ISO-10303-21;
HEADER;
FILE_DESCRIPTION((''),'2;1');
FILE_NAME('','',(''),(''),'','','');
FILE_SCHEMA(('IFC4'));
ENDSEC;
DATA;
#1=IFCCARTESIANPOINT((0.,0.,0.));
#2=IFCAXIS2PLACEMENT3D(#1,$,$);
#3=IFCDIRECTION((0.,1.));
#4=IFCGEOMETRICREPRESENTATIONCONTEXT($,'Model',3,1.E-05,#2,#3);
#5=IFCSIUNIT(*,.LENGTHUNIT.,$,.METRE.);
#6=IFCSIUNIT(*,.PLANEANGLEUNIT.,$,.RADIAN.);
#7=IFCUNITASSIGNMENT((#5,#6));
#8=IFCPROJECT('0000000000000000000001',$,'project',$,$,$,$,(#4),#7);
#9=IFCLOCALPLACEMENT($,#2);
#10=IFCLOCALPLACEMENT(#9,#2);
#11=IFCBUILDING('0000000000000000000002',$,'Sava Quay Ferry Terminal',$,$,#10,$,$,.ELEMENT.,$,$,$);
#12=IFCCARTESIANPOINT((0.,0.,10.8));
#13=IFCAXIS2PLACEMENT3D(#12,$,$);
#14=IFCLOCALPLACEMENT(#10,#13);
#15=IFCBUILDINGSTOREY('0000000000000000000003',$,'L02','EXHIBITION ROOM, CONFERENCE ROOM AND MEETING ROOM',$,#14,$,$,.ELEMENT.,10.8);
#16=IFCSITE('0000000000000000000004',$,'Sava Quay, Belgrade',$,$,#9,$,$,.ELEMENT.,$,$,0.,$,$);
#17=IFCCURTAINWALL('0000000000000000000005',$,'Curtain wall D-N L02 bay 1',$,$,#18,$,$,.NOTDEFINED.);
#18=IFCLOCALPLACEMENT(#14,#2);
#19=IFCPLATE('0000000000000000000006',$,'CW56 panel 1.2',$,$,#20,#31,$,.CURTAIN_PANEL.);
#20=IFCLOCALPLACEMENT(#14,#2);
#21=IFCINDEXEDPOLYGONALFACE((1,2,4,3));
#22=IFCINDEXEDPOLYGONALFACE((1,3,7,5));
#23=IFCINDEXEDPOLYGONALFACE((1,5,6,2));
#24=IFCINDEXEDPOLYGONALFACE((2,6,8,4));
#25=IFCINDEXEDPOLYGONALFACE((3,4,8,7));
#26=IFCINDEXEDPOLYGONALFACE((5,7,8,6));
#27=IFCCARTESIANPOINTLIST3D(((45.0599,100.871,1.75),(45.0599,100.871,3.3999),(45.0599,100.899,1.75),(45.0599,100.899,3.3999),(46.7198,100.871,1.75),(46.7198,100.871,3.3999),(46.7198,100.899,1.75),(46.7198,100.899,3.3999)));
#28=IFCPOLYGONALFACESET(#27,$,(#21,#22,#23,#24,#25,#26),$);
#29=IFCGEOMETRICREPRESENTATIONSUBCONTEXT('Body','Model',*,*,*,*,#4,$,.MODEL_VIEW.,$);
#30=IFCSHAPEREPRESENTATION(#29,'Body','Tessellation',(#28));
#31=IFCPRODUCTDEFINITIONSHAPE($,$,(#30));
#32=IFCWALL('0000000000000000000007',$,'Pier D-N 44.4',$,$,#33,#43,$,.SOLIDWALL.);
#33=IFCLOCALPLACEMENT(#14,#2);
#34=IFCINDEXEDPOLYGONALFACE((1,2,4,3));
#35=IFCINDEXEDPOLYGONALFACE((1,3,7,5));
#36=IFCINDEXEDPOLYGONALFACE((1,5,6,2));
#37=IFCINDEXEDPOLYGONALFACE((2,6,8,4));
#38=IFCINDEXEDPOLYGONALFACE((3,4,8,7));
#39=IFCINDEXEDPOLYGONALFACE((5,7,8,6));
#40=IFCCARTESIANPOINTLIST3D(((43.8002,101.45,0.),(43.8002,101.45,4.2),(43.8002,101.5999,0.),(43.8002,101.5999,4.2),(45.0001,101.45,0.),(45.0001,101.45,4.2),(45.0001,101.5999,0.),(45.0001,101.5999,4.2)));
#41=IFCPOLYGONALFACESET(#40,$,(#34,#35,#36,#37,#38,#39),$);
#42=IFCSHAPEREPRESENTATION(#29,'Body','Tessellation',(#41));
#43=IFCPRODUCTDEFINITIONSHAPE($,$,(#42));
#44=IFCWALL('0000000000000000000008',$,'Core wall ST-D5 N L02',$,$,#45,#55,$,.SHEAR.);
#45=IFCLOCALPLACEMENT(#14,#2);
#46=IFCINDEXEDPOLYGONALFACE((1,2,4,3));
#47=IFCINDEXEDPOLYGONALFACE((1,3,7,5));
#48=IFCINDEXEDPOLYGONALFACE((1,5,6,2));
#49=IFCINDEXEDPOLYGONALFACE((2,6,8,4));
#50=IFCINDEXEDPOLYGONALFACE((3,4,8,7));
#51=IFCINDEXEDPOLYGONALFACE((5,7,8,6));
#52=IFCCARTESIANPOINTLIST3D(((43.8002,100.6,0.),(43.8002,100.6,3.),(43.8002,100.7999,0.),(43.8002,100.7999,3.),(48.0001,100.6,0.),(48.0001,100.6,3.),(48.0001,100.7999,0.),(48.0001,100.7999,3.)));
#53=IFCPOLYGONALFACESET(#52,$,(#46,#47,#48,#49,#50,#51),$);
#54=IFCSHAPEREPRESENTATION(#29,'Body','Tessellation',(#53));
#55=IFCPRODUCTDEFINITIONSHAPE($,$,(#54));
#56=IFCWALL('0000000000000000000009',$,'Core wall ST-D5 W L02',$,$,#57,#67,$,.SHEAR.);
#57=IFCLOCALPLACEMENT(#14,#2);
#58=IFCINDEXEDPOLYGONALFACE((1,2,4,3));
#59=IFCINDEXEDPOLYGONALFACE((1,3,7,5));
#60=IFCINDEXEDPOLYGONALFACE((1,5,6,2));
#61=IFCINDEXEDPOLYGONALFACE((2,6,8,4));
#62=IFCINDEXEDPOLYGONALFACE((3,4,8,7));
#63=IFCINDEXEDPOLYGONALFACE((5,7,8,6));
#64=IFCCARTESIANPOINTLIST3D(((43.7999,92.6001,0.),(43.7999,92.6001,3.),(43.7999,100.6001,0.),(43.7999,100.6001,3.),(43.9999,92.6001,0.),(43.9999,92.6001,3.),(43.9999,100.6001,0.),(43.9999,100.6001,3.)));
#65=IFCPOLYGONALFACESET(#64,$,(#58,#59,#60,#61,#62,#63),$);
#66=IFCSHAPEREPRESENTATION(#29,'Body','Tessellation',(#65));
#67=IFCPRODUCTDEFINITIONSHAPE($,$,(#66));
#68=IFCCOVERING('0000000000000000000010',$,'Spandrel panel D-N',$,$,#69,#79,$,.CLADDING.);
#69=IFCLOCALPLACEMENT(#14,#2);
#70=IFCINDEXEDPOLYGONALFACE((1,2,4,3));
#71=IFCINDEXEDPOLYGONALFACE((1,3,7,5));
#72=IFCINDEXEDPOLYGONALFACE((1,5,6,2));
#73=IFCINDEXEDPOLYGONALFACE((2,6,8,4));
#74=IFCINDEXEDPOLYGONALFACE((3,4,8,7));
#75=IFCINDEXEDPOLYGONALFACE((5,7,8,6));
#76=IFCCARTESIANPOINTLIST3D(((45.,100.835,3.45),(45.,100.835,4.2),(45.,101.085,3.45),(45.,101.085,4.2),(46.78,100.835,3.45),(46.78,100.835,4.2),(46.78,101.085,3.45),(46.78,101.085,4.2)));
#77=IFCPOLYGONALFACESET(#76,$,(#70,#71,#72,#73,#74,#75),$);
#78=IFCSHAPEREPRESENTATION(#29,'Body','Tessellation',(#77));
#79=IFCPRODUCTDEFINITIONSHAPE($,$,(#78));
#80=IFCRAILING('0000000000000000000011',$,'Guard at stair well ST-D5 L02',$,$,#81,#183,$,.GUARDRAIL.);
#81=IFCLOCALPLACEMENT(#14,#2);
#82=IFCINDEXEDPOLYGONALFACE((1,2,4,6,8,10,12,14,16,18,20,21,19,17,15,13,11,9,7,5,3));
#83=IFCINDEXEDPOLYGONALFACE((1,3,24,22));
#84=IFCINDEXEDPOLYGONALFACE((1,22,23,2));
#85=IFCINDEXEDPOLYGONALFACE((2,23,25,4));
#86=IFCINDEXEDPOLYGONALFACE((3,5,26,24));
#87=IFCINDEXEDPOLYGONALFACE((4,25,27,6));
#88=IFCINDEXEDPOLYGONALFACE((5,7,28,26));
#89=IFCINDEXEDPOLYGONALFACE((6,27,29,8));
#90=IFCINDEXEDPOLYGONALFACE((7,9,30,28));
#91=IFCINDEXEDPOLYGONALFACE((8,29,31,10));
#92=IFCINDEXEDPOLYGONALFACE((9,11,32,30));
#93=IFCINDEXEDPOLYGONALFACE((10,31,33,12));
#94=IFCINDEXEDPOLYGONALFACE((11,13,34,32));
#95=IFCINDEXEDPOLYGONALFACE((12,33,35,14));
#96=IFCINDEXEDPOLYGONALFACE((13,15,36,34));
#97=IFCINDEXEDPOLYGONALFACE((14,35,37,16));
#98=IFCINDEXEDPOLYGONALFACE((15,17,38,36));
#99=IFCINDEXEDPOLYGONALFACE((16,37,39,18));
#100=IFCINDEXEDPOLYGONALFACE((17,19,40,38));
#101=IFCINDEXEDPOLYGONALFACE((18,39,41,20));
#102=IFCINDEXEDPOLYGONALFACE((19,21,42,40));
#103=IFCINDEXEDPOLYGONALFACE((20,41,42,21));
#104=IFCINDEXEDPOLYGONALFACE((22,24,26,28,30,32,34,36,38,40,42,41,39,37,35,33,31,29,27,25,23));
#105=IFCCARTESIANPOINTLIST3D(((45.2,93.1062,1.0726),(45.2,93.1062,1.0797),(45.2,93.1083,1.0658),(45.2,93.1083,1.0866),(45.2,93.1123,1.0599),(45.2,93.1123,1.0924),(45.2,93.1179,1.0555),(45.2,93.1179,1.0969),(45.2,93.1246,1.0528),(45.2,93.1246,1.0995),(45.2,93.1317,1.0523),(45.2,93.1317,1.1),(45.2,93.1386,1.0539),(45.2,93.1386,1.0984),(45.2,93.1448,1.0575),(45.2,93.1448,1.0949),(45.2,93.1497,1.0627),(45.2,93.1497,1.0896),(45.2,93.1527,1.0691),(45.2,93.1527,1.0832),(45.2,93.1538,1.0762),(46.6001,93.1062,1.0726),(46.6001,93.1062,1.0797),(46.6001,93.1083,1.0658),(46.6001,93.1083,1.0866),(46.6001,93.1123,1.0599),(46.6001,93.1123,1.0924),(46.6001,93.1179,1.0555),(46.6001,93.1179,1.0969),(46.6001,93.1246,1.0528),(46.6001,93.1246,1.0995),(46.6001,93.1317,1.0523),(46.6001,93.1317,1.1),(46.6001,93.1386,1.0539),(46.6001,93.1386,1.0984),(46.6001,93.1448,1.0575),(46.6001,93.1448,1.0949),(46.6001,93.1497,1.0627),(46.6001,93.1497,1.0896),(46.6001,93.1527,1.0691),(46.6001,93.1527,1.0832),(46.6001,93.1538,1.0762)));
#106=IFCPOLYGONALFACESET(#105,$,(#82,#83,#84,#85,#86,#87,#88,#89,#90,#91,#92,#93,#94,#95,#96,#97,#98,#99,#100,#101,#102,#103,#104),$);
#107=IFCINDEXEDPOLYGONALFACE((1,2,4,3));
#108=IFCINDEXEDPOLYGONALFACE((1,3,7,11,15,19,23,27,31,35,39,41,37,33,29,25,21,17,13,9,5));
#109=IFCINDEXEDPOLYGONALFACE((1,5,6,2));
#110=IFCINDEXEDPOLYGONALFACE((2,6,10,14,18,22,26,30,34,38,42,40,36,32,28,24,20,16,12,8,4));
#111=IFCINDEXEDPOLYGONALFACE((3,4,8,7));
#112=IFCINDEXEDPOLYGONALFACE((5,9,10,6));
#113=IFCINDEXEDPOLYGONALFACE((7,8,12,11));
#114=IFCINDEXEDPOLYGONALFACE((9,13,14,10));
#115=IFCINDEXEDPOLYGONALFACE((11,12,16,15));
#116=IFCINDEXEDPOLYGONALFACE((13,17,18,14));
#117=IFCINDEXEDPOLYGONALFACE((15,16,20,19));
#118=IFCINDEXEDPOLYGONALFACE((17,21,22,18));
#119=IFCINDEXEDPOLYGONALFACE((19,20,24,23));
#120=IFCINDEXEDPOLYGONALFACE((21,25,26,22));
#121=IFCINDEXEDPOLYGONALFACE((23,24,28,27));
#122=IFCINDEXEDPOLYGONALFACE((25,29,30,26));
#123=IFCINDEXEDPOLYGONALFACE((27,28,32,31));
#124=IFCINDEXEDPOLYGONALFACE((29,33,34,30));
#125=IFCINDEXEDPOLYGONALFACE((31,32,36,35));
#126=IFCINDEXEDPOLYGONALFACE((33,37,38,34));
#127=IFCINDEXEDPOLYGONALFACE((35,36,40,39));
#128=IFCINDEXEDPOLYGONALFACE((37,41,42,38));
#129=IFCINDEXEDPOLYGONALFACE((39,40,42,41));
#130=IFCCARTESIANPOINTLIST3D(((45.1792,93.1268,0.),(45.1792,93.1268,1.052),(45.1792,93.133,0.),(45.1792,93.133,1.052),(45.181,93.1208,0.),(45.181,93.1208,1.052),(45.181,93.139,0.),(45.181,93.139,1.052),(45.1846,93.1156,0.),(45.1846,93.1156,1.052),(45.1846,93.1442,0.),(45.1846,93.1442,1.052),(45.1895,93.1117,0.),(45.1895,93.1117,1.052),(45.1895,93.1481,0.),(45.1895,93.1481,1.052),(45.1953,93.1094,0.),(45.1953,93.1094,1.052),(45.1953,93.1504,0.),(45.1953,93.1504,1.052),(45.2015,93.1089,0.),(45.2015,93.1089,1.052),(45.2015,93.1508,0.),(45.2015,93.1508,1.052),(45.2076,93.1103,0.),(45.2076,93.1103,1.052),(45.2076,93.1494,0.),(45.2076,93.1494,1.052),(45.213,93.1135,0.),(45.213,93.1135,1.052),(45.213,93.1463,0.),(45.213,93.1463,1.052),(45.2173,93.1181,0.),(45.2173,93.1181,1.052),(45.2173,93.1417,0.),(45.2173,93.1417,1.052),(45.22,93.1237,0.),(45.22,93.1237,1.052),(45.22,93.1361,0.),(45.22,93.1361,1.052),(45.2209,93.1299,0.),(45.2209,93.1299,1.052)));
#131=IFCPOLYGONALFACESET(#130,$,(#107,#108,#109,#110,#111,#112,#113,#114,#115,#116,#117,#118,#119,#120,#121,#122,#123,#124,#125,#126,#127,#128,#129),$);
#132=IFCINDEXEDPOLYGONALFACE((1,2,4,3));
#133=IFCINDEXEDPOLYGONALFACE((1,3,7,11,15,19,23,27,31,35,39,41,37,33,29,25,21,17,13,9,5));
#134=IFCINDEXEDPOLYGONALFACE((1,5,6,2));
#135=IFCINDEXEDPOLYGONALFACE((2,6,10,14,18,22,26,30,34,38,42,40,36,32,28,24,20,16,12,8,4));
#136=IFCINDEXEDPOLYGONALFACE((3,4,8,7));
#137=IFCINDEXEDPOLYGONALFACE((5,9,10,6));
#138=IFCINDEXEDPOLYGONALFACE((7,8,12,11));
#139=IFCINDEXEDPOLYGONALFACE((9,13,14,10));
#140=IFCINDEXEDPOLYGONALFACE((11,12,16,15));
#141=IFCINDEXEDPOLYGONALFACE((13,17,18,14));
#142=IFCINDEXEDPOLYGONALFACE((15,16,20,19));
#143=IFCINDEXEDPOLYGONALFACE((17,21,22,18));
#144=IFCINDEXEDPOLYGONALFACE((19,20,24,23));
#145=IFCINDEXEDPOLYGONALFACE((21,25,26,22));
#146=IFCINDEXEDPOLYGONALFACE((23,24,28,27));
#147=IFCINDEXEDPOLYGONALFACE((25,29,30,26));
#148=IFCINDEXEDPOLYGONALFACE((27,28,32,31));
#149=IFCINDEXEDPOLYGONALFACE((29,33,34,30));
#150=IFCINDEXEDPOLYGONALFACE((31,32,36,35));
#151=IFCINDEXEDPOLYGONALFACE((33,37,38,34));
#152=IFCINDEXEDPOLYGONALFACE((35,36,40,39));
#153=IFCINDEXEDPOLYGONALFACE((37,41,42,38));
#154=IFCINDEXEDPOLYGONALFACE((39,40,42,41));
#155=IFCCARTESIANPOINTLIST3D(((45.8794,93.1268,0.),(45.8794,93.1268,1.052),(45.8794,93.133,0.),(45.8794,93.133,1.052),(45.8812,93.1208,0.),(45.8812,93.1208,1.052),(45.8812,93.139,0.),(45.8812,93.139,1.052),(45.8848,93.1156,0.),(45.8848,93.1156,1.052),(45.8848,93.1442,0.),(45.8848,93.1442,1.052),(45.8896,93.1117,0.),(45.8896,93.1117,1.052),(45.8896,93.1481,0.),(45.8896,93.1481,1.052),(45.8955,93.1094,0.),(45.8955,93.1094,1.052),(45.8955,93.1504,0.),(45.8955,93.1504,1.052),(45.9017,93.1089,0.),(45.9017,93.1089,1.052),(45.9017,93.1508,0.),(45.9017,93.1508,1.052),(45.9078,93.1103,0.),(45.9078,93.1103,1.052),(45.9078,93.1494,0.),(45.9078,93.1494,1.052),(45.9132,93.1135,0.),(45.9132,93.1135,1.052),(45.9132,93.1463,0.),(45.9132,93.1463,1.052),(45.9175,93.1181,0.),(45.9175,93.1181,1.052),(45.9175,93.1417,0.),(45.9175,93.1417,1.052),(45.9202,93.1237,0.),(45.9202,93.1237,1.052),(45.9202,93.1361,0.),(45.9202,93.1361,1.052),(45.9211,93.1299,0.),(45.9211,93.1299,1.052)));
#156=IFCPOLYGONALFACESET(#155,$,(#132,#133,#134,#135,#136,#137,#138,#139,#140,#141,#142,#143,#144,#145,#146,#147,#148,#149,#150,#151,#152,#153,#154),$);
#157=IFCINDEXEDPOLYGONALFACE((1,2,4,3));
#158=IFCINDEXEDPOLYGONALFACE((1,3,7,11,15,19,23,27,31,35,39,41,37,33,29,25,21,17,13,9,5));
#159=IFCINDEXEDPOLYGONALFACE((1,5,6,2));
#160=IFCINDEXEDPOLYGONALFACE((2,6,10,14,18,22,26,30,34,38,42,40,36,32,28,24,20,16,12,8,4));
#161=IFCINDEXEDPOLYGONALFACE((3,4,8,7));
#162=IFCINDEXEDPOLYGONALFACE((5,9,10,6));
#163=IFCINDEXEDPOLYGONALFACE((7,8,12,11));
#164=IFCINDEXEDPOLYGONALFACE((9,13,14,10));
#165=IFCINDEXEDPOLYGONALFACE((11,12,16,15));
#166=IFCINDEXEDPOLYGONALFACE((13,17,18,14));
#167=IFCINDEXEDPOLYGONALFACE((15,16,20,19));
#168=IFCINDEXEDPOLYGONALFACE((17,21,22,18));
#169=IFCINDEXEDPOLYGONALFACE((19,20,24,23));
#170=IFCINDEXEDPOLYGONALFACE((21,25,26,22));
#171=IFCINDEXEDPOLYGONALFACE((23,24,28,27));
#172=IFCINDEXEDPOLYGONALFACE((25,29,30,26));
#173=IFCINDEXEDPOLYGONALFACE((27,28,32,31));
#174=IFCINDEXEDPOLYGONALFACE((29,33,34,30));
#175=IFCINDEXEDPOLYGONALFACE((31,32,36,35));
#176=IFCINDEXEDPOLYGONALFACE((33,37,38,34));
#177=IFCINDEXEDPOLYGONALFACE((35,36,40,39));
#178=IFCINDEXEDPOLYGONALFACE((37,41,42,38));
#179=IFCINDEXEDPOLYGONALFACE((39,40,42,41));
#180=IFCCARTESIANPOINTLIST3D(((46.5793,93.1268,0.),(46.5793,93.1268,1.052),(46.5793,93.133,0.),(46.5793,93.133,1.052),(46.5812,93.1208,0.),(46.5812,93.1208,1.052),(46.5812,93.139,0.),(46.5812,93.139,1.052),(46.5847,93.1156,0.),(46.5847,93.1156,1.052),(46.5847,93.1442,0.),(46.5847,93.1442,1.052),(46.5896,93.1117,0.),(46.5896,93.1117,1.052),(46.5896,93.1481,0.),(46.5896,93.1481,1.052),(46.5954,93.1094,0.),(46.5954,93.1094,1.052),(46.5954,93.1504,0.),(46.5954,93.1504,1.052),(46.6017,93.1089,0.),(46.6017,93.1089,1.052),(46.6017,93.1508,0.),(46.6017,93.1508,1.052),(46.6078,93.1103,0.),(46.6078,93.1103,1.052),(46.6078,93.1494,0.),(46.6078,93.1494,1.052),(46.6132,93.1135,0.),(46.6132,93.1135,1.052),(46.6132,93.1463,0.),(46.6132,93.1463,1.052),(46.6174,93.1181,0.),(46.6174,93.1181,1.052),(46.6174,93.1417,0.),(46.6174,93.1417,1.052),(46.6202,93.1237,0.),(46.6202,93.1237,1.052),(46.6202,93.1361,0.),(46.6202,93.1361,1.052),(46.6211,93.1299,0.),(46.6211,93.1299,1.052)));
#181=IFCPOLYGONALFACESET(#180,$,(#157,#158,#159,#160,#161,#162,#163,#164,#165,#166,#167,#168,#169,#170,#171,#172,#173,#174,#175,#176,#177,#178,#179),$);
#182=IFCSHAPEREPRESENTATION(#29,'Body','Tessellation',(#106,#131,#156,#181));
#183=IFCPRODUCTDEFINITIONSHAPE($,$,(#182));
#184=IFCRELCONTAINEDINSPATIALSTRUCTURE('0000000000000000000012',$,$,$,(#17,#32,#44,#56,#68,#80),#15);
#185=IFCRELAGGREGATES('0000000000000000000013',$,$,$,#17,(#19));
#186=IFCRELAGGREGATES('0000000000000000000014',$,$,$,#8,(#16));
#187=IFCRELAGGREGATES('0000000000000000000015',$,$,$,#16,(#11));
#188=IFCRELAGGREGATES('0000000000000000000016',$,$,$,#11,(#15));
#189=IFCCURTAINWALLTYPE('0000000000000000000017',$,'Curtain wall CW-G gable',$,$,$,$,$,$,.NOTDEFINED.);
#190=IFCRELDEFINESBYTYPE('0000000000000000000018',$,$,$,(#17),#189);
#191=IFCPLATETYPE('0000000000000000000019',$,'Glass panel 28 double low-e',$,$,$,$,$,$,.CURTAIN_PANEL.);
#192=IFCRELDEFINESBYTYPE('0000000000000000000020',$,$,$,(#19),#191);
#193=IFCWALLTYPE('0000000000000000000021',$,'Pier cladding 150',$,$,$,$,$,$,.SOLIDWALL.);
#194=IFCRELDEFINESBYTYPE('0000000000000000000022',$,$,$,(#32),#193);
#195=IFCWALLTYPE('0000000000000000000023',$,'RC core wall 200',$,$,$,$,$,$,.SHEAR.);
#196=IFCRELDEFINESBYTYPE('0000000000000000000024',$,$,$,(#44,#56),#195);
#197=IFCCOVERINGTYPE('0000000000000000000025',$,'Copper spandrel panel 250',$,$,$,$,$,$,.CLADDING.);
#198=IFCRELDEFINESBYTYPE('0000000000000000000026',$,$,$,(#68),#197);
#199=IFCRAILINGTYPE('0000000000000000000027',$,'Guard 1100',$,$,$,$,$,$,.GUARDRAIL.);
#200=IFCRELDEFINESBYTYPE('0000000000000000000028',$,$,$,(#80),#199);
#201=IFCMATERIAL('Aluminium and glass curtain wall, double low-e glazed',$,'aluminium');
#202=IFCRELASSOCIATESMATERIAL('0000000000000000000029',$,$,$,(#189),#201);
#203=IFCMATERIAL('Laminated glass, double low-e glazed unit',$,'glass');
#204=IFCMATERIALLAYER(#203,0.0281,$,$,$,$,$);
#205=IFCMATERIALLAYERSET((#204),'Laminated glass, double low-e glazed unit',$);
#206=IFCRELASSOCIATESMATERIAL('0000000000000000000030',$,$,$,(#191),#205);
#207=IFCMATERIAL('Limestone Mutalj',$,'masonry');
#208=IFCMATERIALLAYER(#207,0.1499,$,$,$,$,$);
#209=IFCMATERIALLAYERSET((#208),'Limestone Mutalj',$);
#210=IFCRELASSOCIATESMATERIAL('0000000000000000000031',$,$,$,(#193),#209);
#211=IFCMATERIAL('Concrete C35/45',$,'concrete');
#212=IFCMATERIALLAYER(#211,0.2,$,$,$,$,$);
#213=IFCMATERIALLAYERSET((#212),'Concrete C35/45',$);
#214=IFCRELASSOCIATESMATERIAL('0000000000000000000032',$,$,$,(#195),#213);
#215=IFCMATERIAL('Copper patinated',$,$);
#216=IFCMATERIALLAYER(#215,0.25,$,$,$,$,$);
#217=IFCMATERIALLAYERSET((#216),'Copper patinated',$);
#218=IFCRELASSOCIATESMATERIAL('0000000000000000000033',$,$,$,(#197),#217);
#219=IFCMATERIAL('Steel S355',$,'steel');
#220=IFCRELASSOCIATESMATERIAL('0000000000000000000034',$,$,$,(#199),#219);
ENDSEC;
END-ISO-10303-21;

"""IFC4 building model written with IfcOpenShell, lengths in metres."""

from ifc_helpers import new_model, si_unit, direction, frame, frame_2d, origin, origin_2d, place, context, subcontext, project, spatial, polyline, rectangle, circle, outline, extrude, material, layer, layer_set, type_object, element, aggregate, save


model = new_model("IFC4")

# Units and contexts
model_context = context("Model", 3, precision=1e-05, world=origin(), true_north=direction((0.0, 1.0)))
body_context = subcontext(model_context, "Body", "Model", "MODEL_VIEW")
ifc_project = project(units=[si_unit("LENGTHUNIT", "METRE"), si_unit("PLANEANGLEUNIT", "RADIAN")], contexts=[model_context])

# Site, building, storey
site_placement = place(None, origin())
site = spatial("IfcSite", under=ifc_project, at=site_placement, Name="Sava Quay, Belgrade", CompositionType="ELEMENT", RefElevation=0.0)
building_placement = place(site_placement, origin())
building = spatial("IfcBuilding", under=site, at=building_placement, Name="Sava Quay Ferry Terminal", CompositionType="ELEMENT")
storey_placement = place(building_placement, frame((0.0, 0.0, 10.8)))
storey = spatial("IfcBuildingStorey", under=building, at=storey_placement, Name="L02", Description="EXHIBITION ROOM, CONFERENCE ROOM AND MEETING ROOM", CompositionType="ELEMENT", Elevation=10.8)

# Curtain wall
ifc_material_1 = material(Name="Aluminium and glass curtain wall, double low-e glazed", Category="aluminium")
curtain_wall_type_1 = type_object("IfcCurtainWallType", Name="Curtain wall CW-G gable", PredefinedType="NOTDEFINED", material=ifc_material_1)
curtain_wall_1_placement = place(storey_placement, origin())
curtain_wall_1 = element("IfcCurtainWall", 1, at=curtain_wall_1_placement, inside=storey, type_object=curtain_wall_type_1, Name="Curtain wall D-N L02 bay 1", PredefinedType="NOTDEFINED")

# Plate
ifc_material_2 = material(Name="Laminated glass, double low-e glazed unit", Category="glass")
ifc_layer_1 = layer(ifc_material_2, 0.0281)
ifc_layer_set_1 = layer_set([ifc_layer_1], Name="Laminated glass, double low-e glazed unit")
plate_type = type_object("IfcPlateType", Name="Glass panel 28 double low-e", PredefinedType="CURTAIN_PANEL", material=ifc_layer_set_1)
plate_1_placement = place(storey_placement, frame((45.8899, 100.885, 1.75), z_axis=(0.0, 0.0, 1.0), x_axis=(1.0, 0.0, 0.0)))
plate_1 = element("IfcPlate", 2, at=plate_1_placement, type_object=plate_type, Name="CW56 panel 1.2", PredefinedType="CURTAIN_PANEL", context=body_context, shape_type="SweptSolid", body=[
    extrude(rectangle(XDim=1.6599, YDim=0.0281, at=origin_2d()), origin(), (0.0, 0.0, 1.0), 1.6499),
])
aggregate(curtain_wall_1, [plate_1])

# Wall
ifc_material_3 = material(Name="Limestone Mutalj", Category="masonry")
ifc_layer_2 = layer(ifc_material_3, 0.1499)
ifc_layer_set_2 = layer_set([ifc_layer_2], Name="Limestone Mutalj")
wall_type_1 = type_object("IfcWallType", Name="Pier cladding 150", PredefinedType="SOLIDWALL", material=ifc_layer_set_2)
wall_1_placement = place(storey_placement, frame((43.8, 101.5249, 0.0), z_axis=(0.0, 0.0, 1.0), x_axis=(1.0, 0.0, 0.0)))
element("IfcWall", 3, at=wall_1_placement, inside=storey, type_object=wall_type_1, Name="Pier D-N 44.4", PredefinedType="SOLIDWALL", context=body_context, shape_type="SweptSolid", body=[
    extrude(rectangle(XDim=1.2, YDim=0.1499, at=frame_2d((0.6001, 0.0))), origin(), (0.0, 0.0, 1.0), 4.2),
])

# Shared definitions
ifc_material_4 = material(Name="Concrete C35/45", Category="concrete")
ifc_layer_3 = layer(ifc_material_4, 0.2)
ifc_layer_set_3 = layer_set([ifc_layer_3], Name="Concrete C35/45")
wall_type_2 = type_object("IfcWallType", Name="RC core wall 200", PredefinedType="SHEAR", material=ifc_layer_set_3)

# Walls
wall_2_placement = place(storey_placement, frame((43.8, 100.7, 0.0), z_axis=(0.0, 0.0, 1.0), x_axis=(1.0, 0.0, 0.0)))
element("IfcWall", 4, at=wall_2_placement, inside=storey, type_object=wall_type_2, Name="Core wall ST-D5 N L02", PredefinedType="SHEAR", context=body_context, shape_type="SweptSolid", body=[
    extrude(rectangle(XDim=4.2, YDim=0.2, at=frame_2d((2.1001, 0.0))), origin(), (0.0, 0.0, 1.0), 3.0),
])
wall_3_placement = place(storey_placement, frame((43.8999, 92.6001, 0.0), z_axis=(0.0, 0.0, 1.0), x_axis=(0.0, 1.0, 0.0)))
element("IfcWall", 5, at=wall_3_placement, inside=storey, type_object=wall_type_2, Name="Core wall ST-D5 W L02", PredefinedType="SHEAR", context=body_context, shape_type="SweptSolid", body=[
    extrude(rectangle(XDim=8.0, YDim=0.2, at=frame_2d((4.0, 0.0))), origin(), (0.0, 0.0, 1.0), 3.0),
])

# Covering
ifc_material_5 = material(Name="Copper patinated")
ifc_layer_4 = layer(ifc_material_5, 0.25)
ifc_layer_set_4 = layer_set([ifc_layer_4], Name="Copper patinated")
covering_type_1 = type_object("IfcCoveringType", Name="Copper spandrel panel 250", PredefinedType="CLADDING", material=ifc_layer_set_4)
covering_1_placement = place(storey_placement, frame((45.0, 100.96, 3.45), z_axis=(0.0, 0.0, 1.0), x_axis=(1.0, 0.0, 0.0)))
element("IfcCovering", 6, at=covering_1_placement, inside=storey, type_object=covering_type_1, Name="Spandrel panel D-N", PredefinedType="CLADDING", context=body_context, shape_type="SweptSolid", body=[
    extrude(outline(polyline([(0.0, 0.0), (1.78, 0.0), (1.78, 0.75), (0.0, 0.75), (0.0, 0.0)])), frame((0.0, 0.125, 0.0), z_axis=(0.0, -1.0, 0.0), x_axis=(1.0, 0.0, 0.0)), (0.0, 0.0, 1.0), 0.25),
])

# Railing
ifc_material_6 = material(Name="Steel S355", Category="steel")
railing_type = type_object("IfcRailingType", Name="Guard 1100", PredefinedType="GUARDRAIL", material=ifc_material_6)
railing_1_placement = place(storey_placement, frame((45.2, 93.1299, 0.0)))
element("IfcRailing", 7, at=railing_1_placement, inside=storey, type_object=railing_type, Name="Guard at stair well ST-D5 L02", PredefinedType="GUARDRAIL", context=body_context, shape_type="SweptSolid", body=[
    extrude(circle(Radius=0.0239, at=origin_2d()), frame((0.0, 0.0, 1.0762), z_axis=(1.0, 0.0, 0.0), x_axis=(0.0, 1.0, 0.0)), (0.0, 0.0, 1.0), 1.4001),
    extrude(circle(Radius=0.021, at=origin_2d()), origin(), (0.0, 0.0, 1.0), 1.052),
    extrude(circle(Radius=0.021, at=origin_2d()), frame((0.7002, 0.0, 0.0)), (0.0, 0.0, 1.0), 1.052),
    extrude(circle(Radius=0.021, at=origin_2d()), frame((1.4001, 0.0, 0.0)), (0.0, 0.0, 1.0), 1.052),
])

save(model, "model.ifc")
